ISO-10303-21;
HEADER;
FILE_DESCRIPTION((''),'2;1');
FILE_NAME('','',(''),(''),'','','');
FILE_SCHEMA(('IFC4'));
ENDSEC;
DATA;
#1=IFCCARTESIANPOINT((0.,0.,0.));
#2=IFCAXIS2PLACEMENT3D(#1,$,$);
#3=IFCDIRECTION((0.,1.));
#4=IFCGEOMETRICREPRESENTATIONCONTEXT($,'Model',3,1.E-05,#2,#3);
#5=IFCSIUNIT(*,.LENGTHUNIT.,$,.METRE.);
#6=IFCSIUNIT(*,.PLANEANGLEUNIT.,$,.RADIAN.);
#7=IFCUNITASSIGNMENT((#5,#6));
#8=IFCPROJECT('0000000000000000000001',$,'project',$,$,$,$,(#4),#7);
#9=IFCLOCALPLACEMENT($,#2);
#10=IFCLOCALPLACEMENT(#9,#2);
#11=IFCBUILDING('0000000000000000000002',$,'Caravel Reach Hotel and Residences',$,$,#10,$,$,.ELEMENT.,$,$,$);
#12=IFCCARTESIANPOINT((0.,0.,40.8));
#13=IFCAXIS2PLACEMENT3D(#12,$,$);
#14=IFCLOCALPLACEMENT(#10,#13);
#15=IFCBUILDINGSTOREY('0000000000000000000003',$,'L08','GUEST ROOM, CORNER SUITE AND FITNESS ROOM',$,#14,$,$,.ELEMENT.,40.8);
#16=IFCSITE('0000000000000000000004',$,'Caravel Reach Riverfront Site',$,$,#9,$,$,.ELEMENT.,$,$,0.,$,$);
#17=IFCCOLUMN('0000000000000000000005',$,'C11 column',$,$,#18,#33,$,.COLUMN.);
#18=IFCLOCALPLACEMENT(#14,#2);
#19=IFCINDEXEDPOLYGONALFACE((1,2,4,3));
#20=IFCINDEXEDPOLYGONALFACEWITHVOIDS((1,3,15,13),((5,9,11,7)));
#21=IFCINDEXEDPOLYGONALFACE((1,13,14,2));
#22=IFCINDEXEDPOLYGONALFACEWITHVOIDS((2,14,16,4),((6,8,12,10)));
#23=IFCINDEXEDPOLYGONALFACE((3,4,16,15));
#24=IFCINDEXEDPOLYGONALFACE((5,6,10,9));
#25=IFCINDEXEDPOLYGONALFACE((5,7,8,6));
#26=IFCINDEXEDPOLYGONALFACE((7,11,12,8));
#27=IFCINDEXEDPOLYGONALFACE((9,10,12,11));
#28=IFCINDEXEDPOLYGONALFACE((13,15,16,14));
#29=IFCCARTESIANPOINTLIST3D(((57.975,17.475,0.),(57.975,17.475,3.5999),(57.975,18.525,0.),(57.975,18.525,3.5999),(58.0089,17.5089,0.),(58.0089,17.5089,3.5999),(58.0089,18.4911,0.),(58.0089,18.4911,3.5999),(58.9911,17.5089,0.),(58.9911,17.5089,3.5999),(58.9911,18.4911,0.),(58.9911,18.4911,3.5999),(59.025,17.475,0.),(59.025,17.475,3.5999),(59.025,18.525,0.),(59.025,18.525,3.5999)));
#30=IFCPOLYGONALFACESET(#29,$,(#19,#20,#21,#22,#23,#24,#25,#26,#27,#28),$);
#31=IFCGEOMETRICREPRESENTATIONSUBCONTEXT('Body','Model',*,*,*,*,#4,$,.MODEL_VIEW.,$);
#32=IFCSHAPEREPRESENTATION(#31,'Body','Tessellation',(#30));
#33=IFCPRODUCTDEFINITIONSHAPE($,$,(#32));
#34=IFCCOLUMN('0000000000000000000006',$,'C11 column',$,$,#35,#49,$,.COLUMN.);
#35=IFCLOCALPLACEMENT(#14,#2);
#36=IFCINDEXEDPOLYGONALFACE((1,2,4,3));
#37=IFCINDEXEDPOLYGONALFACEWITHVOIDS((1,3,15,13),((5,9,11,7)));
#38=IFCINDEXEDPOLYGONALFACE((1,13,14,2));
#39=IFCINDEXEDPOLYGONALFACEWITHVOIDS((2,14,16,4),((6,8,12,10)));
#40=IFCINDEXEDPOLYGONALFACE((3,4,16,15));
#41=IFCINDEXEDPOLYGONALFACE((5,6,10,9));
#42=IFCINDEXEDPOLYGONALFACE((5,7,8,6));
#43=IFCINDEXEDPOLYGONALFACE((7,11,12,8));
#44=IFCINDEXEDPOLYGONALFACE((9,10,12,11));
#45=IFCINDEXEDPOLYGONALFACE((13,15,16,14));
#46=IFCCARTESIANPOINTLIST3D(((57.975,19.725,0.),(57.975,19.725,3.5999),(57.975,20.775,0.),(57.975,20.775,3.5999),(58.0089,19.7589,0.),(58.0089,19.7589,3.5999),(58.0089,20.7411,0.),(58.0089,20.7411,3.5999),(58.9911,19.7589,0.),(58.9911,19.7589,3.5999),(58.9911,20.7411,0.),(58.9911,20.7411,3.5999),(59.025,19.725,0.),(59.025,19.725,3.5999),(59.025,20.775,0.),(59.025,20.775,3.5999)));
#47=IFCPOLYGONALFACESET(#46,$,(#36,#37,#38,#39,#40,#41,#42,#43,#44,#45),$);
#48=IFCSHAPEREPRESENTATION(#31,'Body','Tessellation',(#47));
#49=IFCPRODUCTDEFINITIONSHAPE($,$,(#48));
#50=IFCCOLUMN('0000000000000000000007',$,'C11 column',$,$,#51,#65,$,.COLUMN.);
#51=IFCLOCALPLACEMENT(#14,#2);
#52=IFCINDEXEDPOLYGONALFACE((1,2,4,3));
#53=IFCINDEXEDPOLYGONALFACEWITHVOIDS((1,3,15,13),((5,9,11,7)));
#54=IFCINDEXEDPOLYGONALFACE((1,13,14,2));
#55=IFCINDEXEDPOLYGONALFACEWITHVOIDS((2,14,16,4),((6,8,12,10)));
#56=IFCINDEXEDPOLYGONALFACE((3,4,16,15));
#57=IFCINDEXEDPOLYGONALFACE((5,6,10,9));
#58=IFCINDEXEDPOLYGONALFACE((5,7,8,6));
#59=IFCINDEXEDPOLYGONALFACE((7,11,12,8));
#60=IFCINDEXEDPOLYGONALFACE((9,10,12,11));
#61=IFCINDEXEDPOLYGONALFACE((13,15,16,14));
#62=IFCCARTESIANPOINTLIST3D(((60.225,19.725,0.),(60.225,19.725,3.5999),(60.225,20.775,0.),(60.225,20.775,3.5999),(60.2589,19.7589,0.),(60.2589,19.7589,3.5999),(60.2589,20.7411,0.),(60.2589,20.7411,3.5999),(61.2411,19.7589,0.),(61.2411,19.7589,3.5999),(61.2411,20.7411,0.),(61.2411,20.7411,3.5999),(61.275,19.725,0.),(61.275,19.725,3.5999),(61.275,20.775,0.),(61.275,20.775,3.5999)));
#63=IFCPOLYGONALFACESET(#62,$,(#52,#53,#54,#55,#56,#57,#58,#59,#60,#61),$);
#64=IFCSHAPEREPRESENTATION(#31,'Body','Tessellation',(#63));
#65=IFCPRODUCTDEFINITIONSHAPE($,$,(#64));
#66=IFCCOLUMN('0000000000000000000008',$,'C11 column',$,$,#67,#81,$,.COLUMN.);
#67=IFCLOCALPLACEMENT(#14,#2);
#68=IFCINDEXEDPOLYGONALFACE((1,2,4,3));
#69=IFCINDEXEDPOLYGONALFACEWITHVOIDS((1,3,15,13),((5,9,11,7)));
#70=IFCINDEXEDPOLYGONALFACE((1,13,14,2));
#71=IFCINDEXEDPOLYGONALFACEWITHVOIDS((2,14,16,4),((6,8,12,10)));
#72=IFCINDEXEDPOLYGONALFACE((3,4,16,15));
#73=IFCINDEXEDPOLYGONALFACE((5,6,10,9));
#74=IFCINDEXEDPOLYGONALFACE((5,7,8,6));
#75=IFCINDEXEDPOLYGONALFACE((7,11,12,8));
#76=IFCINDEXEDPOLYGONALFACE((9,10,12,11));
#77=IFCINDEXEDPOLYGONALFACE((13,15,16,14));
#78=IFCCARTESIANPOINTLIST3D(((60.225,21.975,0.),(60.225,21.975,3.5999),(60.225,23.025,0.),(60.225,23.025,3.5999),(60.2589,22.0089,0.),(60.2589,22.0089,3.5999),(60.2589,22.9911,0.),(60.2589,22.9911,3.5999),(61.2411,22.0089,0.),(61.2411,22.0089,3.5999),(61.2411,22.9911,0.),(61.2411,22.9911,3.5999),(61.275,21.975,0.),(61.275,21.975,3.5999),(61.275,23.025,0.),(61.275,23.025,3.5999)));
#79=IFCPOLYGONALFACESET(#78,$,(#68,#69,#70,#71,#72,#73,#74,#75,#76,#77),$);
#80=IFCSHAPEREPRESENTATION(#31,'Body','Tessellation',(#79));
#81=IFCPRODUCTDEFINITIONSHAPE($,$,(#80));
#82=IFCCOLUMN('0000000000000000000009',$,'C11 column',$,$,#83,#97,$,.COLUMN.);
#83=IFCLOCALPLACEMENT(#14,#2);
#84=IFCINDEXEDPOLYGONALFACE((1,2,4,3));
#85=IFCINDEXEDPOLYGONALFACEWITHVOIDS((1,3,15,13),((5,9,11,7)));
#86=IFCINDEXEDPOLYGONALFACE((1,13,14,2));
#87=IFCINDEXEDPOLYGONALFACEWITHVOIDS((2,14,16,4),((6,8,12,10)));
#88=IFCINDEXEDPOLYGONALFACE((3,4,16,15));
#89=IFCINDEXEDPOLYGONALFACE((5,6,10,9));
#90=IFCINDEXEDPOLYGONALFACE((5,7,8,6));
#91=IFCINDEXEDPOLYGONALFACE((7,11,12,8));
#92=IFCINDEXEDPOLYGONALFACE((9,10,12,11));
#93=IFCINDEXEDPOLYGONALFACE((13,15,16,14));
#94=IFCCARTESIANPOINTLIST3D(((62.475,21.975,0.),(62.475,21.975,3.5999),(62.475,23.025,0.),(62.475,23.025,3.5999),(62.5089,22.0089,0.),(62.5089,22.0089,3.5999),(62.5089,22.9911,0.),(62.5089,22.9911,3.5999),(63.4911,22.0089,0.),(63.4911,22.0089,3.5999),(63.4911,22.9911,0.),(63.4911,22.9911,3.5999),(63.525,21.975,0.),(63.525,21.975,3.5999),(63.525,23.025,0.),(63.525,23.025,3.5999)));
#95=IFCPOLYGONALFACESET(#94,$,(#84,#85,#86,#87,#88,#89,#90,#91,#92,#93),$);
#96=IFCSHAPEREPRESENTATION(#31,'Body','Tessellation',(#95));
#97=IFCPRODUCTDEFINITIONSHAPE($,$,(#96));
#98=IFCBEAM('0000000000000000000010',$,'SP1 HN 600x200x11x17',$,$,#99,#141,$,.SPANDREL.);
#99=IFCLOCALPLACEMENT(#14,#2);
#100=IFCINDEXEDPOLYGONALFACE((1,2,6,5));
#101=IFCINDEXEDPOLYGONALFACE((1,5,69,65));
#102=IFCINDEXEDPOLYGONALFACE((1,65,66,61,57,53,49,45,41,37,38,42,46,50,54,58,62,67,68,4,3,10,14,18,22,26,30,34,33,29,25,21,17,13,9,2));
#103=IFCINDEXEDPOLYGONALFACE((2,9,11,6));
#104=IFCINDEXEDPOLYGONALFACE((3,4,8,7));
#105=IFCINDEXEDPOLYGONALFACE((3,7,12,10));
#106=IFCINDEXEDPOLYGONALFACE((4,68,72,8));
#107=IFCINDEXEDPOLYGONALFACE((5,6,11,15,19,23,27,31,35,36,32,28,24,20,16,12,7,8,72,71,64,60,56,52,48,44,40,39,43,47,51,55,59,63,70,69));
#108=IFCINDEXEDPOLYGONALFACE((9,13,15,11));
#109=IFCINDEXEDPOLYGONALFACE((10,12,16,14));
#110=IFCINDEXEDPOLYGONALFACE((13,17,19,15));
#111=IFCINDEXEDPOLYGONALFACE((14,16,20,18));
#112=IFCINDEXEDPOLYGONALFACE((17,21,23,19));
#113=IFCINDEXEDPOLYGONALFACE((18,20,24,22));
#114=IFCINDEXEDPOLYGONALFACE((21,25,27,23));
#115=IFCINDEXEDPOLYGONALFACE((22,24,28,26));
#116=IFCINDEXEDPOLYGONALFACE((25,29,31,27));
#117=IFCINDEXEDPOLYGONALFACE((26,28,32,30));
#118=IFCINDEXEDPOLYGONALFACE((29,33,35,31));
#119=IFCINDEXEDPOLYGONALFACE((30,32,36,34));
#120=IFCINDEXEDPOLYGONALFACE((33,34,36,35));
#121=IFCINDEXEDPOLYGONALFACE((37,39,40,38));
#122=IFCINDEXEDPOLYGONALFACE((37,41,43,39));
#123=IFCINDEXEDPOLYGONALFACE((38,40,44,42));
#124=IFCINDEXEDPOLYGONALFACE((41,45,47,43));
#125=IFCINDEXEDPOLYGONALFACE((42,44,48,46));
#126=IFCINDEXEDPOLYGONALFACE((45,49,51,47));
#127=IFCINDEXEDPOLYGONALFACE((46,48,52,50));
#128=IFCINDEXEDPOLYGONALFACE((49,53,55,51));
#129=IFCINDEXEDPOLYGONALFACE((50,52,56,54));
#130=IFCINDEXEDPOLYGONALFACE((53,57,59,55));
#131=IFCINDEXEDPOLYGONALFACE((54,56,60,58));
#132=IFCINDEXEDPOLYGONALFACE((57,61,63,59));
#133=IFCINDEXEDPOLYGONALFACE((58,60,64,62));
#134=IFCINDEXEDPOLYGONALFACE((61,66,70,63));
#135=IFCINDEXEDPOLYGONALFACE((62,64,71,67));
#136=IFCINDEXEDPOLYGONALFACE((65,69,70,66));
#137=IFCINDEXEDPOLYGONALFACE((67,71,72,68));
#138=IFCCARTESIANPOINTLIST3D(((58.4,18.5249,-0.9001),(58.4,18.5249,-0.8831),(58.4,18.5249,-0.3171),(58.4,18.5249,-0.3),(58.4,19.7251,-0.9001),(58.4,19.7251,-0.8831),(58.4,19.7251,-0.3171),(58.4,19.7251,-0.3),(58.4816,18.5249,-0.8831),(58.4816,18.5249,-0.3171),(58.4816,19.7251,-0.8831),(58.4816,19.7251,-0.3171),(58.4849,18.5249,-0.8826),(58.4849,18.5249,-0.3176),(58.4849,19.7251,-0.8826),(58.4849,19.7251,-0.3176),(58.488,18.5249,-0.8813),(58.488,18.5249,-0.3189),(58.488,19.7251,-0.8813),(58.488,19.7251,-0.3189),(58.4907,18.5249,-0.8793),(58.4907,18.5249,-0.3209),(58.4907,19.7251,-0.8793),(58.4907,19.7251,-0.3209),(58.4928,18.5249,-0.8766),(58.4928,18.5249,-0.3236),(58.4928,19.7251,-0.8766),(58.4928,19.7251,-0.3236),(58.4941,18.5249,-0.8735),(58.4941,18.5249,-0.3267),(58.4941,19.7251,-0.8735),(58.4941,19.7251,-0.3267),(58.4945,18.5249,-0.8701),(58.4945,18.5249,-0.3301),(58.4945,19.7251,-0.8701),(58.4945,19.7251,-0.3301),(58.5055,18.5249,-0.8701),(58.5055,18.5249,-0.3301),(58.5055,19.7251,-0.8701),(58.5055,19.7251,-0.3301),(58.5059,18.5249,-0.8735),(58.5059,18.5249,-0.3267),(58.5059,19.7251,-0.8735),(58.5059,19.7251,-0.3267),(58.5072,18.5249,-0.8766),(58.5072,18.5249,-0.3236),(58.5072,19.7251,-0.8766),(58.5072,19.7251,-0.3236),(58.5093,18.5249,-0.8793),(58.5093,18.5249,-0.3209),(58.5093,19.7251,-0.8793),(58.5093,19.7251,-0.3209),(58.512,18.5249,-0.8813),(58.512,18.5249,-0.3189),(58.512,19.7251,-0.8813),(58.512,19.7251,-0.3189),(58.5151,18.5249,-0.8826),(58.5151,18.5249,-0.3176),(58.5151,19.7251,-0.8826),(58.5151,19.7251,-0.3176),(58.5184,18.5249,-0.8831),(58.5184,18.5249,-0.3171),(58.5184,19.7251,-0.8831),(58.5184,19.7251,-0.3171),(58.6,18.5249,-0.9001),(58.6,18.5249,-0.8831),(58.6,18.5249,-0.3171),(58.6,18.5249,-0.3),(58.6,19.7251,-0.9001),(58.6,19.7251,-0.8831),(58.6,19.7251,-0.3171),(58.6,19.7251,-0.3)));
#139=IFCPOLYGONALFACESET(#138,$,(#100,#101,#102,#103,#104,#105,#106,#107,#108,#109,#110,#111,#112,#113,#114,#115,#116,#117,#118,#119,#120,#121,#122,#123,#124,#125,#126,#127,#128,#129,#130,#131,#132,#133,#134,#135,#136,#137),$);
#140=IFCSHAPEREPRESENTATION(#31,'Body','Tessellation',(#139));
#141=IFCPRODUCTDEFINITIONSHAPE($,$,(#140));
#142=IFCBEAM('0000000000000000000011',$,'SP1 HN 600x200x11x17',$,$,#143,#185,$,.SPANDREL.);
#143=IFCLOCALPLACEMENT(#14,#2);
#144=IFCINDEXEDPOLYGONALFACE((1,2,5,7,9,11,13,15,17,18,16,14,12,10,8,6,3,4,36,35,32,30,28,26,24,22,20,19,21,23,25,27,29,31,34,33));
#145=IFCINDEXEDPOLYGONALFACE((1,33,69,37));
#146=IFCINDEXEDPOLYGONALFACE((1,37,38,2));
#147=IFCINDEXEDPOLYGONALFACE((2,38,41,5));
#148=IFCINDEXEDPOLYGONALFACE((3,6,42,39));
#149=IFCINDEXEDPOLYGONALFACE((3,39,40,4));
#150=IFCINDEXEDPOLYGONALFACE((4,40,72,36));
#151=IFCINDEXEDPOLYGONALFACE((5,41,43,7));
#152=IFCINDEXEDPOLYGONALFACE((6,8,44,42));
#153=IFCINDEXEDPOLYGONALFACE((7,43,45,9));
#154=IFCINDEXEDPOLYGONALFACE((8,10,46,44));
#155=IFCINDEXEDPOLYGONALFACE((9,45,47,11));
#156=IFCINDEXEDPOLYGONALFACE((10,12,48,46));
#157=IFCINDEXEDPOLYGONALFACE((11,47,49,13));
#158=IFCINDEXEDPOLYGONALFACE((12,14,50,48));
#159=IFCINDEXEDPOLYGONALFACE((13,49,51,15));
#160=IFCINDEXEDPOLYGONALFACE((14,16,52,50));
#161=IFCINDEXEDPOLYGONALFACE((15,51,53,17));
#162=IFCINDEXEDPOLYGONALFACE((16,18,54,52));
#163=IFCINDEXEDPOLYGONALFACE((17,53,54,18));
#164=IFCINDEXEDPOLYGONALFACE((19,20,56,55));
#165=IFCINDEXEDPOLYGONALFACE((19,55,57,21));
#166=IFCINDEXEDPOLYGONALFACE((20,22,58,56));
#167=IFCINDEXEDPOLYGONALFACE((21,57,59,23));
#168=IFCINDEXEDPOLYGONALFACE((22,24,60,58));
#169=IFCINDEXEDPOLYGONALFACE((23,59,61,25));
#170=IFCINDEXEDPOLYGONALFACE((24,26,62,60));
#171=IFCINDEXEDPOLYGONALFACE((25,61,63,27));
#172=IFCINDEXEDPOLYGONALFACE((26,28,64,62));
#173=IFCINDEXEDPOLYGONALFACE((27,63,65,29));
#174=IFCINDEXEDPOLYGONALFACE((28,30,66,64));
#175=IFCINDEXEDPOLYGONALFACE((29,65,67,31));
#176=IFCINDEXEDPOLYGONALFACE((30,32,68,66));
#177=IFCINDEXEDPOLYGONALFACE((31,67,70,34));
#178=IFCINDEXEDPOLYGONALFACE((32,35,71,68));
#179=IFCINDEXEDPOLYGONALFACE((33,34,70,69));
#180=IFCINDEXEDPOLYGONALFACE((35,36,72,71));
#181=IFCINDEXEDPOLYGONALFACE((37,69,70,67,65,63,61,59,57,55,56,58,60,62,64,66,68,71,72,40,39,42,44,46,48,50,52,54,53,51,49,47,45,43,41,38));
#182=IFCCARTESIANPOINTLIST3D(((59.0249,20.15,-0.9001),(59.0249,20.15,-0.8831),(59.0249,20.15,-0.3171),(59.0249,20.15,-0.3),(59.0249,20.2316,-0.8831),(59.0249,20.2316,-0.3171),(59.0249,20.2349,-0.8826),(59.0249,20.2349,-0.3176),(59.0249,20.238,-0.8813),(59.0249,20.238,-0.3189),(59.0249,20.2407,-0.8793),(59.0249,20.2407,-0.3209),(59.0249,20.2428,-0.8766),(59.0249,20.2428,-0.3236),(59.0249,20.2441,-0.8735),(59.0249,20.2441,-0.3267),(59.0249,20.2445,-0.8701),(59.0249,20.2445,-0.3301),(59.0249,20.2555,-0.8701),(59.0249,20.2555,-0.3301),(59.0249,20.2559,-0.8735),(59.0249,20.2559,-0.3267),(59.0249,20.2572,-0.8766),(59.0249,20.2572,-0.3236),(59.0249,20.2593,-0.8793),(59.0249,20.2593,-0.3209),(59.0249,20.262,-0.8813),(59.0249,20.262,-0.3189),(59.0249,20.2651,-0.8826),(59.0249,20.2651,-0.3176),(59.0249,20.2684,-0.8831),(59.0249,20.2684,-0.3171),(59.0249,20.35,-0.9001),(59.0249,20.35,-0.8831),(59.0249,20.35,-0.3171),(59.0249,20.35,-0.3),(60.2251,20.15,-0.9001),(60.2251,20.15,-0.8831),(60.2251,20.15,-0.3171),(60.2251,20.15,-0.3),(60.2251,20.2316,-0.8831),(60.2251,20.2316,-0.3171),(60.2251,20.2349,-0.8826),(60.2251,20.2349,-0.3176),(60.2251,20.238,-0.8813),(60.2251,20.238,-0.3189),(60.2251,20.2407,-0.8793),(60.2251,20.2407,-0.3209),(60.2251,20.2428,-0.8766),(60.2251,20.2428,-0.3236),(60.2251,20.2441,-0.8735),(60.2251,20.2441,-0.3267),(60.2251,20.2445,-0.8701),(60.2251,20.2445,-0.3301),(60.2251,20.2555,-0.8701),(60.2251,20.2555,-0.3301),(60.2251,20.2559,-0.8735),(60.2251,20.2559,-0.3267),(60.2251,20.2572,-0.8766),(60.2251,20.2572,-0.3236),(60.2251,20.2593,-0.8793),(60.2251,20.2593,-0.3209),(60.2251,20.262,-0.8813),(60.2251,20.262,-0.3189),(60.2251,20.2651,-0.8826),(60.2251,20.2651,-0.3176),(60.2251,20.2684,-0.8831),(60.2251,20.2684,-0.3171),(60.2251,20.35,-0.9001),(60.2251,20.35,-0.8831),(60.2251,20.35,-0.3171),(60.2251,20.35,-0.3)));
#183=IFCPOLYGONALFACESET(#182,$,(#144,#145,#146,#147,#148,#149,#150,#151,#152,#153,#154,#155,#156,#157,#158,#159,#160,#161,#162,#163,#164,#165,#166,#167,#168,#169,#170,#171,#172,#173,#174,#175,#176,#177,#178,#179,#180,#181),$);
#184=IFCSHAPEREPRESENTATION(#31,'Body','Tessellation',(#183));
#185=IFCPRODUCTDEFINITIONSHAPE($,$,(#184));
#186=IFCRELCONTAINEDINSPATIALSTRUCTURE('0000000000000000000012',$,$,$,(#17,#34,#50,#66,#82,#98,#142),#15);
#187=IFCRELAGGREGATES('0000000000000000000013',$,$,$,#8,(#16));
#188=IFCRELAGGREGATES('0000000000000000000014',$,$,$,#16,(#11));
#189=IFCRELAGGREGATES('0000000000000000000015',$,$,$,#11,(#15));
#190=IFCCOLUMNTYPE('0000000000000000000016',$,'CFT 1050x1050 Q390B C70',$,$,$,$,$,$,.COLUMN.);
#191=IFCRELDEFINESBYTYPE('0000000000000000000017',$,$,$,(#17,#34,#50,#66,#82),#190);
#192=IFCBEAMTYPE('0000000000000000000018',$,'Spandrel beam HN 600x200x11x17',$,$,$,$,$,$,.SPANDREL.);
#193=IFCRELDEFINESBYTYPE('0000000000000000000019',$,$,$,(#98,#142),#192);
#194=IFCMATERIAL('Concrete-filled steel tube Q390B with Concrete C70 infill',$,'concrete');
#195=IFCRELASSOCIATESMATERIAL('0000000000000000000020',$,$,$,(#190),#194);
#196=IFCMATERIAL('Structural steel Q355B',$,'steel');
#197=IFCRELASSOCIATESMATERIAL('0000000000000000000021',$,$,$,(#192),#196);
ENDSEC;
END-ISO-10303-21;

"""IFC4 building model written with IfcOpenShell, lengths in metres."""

from ifc_helpers import new_model, si_unit, direction, frame, origin, origin_2d, place, context, subcontext, project, spatial, hollow_rectangle, i_section, extrude, material, material_profile, profile_set, type_object, element, save


model = new_model("IFC4")

# Units and contexts
model_context = context("Model", 3, precision=1e-05, world=origin(), true_north=direction((0.0, 1.0)))
body_context = subcontext(model_context, "Body", "Model", "MODEL_VIEW")
ifc_project = project(units=[si_unit("LENGTHUNIT", "METRE"), si_unit("PLANEANGLEUNIT", "RADIAN")], contexts=[model_context])

# Site, building, storey
site_placement = place(None, origin())
site = spatial("IfcSite", under=ifc_project, at=site_placement, Name="Caravel Reach Riverfront Site", CompositionType="ELEMENT", RefElevation=0.0)
building_placement = place(site_placement, origin())
building = spatial("IfcBuilding", under=site, at=building_placement, Name="Caravel Reach Hotel and Residences", CompositionType="ELEMENT")
storey_placement = place(building_placement, frame((0.0, 0.0, 40.8)))
storey = spatial("IfcBuildingStorey", under=building, at=storey_placement, Name="L08", Description="GUEST ROOM, CORNER SUITE AND FITNESS ROOM", CompositionType="ELEMENT", Elevation=40.8)

# Columns
ifc_material_1 = material(Name="Concrete-filled steel tube Q390B with Concrete C70 infill", Category="concrete")
ifc_material_profile_1 = material_profile(ifc_material_1, hollow_rectangle(XDim=1.05, YDim=1.05, WallThickness=0.0339, at=origin_2d()), Name="RHS 1050x1050x34")
ifc_profile_set_1 = profile_set([ifc_material_profile_1], Name="Concrete-filled steel tube Q390B with Concrete C70 infill")
column_type = type_object("IfcColumnType", Name="CFT 1050x1050 Q390B C70", PredefinedType="COLUMN", material=ifc_profile_set_1)
for number, where, z_axis, x_axis, name in (
    (1, (58.5, 18.0, 0.0), (0.0, 0.0, 1.0), (1.0, 0.0, 0.0), "C11 column"),
    (2, (58.5, 20.25, 0.0), (0.0, 0.0, 1.0), (1.0, 0.0, 0.0), "C11 column"),
    (3, (60.75, 20.25, 0.0), (0.0, 0.0, 1.0), (1.0, 0.0, 0.0), "C11 column"),
    (4, (60.75, 22.5, 0.0), (0.0, 0.0, 1.0), (1.0, 0.0, 0.0), "C11 column"),
    (5, (63.0, 22.5, 0.0), (0.0, 0.0, 1.0), (1.0, 0.0, 0.0), "C11 column"),
):
    element("IfcColumn", number, at=place(storey_placement, frame(where, z_axis=z_axis, x_axis=x_axis)), inside=storey, type_object=column_type, Name=name, PredefinedType="COLUMN", context=body_context, shape_type="SweptSolid", body=[
        extrude(hollow_rectangle(XDim=1.05, YDim=1.05, WallThickness=0.0339, at=origin_2d()), origin(), (0.0, 0.0, 1.0), 3.5999),
    ])

# Beams
ifc_material_2 = material(Name="Structural steel Q355B", Category="steel")
ifc_material_profile_2 = material_profile(ifc_material_2, i_section(OverallWidth=0.2, OverallDepth=0.6001, WebThickness=0.011, FlangeThickness=0.0171, FilletRadius=0.0129, at=origin_2d()), Name="HN 600x200x11x17")
ifc_profile_set_2 = profile_set([ifc_material_profile_2], Name="Structural steel Q355B")
beam_type = type_object("IfcBeamType", Name="Spandrel beam HN 600x200x11x17", PredefinedType="SPANDREL", material=ifc_profile_set_2)
for number, where, z_axis, x_axis, name in (
    (6, (58.5, 18.5249, -0.6001), (0.0, 1.0, 0.0), (-1.0, 0.0, 0.0), "SP1 HN 600x200x11x17"),
    (7, (59.0249, 20.25, -0.6001), (1.0, 0.0, 0.0), (0.0, 1.0, 0.0), "SP1 HN 600x200x11x17"),
):
    element("IfcBeam", number, at=place(storey_placement, frame(where, z_axis=z_axis, x_axis=x_axis)), inside=storey, type_object=beam_type, Name=name, PredefinedType="SPANDREL", context=body_context, shape_type="SweptSolid", body=[
        extrude(i_section(OverallWidth=0.2, OverallDepth=0.6001, WebThickness=0.011, FlangeThickness=0.0171, FilletRadius=0.0129, at=origin_2d()), origin(), (0.0, 0.0, 1.0), 1.2002),
    ])

save(model, "model.ifc")
